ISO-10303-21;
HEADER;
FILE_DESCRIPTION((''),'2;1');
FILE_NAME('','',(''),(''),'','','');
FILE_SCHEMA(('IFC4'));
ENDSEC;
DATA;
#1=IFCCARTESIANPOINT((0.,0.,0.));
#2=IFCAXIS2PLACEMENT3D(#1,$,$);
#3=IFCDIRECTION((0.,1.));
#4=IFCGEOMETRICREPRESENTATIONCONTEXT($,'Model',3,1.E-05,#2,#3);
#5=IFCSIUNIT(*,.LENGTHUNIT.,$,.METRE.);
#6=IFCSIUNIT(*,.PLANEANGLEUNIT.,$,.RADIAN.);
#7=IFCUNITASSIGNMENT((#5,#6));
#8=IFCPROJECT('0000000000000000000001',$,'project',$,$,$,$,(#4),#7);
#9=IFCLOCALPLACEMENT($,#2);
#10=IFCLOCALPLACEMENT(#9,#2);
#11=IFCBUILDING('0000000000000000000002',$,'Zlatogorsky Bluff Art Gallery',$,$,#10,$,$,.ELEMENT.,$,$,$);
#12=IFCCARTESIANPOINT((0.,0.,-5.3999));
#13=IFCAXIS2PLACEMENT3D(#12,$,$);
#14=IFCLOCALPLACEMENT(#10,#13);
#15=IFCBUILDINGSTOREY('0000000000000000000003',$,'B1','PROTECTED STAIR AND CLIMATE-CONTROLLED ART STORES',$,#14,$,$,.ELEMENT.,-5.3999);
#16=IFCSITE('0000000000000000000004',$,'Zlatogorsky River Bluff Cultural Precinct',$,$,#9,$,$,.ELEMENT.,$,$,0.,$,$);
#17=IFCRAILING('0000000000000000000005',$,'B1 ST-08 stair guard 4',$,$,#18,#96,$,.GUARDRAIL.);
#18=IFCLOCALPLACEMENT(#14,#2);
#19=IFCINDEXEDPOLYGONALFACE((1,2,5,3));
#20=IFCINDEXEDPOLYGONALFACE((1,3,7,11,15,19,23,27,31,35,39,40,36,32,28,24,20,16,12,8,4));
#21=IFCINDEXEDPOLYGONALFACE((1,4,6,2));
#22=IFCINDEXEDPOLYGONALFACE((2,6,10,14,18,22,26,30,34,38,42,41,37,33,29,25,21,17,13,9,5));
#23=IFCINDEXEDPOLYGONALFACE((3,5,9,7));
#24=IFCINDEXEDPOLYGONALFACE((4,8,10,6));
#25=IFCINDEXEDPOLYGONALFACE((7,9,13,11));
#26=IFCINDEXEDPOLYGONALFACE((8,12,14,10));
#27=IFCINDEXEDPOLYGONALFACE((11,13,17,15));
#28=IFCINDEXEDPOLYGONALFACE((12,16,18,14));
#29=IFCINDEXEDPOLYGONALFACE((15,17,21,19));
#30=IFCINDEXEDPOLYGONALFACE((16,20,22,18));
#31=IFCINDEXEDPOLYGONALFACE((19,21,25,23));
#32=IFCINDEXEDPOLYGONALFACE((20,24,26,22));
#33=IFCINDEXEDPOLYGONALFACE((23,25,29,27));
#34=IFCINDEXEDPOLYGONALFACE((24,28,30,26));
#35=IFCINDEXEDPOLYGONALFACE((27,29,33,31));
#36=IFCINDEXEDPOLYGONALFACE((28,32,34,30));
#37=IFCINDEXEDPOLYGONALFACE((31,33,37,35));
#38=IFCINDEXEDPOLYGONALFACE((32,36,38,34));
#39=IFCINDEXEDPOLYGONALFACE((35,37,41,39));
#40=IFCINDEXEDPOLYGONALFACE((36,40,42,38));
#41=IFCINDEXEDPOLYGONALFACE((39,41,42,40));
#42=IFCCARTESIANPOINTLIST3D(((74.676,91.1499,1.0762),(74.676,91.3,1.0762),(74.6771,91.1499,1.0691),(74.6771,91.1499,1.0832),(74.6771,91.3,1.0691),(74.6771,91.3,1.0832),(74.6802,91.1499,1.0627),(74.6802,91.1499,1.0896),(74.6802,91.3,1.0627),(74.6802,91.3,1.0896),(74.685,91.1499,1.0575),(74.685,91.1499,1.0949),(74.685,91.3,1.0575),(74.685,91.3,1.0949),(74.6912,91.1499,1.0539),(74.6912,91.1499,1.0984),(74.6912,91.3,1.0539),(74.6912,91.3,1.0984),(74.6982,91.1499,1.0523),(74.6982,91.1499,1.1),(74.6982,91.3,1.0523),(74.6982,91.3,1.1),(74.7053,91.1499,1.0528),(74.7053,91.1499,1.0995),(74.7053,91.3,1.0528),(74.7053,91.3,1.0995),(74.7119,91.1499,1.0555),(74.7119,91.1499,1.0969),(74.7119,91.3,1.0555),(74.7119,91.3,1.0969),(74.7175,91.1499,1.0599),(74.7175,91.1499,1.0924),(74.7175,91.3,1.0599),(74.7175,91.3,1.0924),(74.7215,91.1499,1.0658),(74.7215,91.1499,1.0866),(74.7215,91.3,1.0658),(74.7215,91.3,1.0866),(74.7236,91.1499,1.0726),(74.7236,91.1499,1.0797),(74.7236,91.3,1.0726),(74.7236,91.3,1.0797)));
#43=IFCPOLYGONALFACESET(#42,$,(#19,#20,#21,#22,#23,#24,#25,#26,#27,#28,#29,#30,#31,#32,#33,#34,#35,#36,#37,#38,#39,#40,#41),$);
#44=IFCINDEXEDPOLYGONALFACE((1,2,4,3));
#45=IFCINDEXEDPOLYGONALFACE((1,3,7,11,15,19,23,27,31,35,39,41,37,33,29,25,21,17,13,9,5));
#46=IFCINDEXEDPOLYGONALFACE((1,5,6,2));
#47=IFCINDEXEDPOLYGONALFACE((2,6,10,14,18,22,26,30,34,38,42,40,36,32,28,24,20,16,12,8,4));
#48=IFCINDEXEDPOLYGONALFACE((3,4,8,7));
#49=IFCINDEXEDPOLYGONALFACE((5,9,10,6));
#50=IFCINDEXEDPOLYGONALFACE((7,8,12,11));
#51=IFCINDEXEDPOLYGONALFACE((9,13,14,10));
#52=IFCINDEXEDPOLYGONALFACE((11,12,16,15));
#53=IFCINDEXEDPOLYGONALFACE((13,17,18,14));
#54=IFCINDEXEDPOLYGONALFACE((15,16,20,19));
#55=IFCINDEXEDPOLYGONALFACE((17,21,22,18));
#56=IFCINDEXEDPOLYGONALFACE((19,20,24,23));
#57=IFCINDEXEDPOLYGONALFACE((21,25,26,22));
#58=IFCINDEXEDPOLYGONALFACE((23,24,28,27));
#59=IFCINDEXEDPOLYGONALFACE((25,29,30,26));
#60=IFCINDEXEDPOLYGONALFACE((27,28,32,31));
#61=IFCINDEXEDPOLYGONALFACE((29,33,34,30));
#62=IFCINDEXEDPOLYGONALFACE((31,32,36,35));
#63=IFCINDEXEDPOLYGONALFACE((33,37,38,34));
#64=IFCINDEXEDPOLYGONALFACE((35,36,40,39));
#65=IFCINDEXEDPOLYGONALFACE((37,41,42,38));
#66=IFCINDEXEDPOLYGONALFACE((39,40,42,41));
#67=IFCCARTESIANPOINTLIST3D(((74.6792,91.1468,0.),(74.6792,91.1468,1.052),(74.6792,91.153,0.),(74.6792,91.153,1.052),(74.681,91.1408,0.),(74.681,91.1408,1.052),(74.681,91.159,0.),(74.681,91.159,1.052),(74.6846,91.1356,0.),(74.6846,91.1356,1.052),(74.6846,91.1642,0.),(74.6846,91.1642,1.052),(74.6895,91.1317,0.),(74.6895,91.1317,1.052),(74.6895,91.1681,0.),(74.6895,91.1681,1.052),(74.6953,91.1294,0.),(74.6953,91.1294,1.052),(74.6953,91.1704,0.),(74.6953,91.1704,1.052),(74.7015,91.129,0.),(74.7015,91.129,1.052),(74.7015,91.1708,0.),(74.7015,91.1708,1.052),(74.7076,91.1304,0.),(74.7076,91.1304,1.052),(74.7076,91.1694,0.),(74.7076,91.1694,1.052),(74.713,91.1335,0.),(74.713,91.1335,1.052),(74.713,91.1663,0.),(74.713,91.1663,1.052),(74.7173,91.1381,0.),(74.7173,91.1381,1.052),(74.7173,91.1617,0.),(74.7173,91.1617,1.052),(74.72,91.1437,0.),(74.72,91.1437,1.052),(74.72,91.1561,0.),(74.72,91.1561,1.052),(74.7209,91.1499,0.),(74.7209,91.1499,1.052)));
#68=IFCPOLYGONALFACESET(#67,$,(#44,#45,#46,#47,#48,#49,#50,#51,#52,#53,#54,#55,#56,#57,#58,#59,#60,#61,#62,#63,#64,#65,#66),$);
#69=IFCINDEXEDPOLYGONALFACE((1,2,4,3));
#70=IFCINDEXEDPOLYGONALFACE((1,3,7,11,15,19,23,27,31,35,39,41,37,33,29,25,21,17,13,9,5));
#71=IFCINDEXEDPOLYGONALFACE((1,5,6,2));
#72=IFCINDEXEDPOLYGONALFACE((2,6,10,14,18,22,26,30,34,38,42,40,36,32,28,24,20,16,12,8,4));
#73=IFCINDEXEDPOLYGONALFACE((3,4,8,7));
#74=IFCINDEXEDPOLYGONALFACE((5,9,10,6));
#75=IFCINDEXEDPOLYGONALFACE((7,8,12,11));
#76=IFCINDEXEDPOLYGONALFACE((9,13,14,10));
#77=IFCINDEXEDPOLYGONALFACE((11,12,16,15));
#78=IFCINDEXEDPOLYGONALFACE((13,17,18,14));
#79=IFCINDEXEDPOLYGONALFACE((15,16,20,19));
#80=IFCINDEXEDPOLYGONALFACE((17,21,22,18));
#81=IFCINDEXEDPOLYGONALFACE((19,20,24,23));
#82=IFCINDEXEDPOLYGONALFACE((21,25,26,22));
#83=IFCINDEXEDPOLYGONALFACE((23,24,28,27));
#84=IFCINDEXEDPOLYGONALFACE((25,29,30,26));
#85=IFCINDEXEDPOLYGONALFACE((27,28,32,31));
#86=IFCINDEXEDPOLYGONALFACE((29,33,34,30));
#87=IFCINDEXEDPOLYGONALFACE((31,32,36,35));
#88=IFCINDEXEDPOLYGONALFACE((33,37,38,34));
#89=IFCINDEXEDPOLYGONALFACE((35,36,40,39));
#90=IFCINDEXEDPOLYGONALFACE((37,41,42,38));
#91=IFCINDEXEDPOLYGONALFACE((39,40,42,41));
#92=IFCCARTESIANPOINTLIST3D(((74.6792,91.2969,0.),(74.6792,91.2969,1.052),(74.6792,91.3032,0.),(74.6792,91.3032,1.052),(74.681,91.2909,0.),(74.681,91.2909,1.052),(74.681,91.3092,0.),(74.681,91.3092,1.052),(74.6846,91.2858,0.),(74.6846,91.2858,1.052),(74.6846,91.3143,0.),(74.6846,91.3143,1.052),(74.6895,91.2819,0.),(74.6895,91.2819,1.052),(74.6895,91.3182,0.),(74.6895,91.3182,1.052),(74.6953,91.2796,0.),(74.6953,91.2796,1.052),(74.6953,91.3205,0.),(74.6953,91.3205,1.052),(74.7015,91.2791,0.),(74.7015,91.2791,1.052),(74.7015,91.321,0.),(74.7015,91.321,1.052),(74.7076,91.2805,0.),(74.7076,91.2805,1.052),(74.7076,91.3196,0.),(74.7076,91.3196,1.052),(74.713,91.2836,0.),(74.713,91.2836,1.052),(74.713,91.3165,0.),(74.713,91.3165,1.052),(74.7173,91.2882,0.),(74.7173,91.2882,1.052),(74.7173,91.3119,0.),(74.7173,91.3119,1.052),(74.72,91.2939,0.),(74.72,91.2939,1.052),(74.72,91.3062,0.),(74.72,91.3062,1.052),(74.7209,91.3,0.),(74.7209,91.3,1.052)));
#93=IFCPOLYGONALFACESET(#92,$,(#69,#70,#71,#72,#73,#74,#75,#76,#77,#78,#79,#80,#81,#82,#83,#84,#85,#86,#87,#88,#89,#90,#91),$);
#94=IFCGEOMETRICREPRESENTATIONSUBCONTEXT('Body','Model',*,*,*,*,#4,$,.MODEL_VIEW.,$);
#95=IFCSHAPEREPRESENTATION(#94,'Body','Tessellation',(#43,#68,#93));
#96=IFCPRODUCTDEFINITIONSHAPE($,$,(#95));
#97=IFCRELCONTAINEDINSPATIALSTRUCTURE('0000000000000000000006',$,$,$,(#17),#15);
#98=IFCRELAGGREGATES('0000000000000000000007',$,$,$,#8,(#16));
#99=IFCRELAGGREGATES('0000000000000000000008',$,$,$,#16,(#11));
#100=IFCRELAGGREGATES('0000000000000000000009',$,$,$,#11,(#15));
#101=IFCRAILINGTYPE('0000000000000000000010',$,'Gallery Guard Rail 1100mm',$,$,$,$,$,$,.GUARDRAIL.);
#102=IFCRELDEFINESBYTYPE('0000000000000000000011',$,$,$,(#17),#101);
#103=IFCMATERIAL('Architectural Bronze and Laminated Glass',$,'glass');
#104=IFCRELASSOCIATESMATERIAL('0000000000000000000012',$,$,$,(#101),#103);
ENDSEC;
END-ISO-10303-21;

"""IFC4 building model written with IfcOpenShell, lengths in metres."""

from ifc_helpers import new_model, si_unit, direction, frame, origin, origin_2d, place, context, subcontext, project, spatial, circle, extrude, material, type_object, element, save


model = new_model("IFC4")

# Units and contexts
model_context = context("Model", 3, precision=1e-05, world=origin(), true_north=direction((0.0, 1.0)))
body_context = subcontext(model_context, "Body", "Model", "MODEL_VIEW")
ifc_project = project(units=[si_unit("LENGTHUNIT", "METRE"), si_unit("PLANEANGLEUNIT", "RADIAN")], contexts=[model_context])

# Site, building, storey
site_placement = place(None, origin())
site = spatial("IfcSite", under=ifc_project, at=site_placement, Name="Zlatogorsky River Bluff Cultural Precinct", CompositionType="ELEMENT", RefElevation=0.0)
building_placement = place(site_placement, origin())
building = spatial("IfcBuilding", under=site, at=building_placement, Name="Zlatogorsky Bluff Art Gallery", CompositionType="ELEMENT")
storey_placement = place(building_placement, frame((0.0, 0.0, -5.3999)))
storey = spatial("IfcBuildingStorey", under=building, at=storey_placement, Name="B1", Description="PROTECTED STAIR AND CLIMATE-CONTROLLED ART STORES", CompositionType="ELEMENT", Elevation=-5.3999)

# Railing
ifc_material_1 = material(Name="Architectural Bronze and Laminated Glass", Category="glass")
railing_type_1 = type_object("IfcRailingType", Name="Gallery Guard Rail 1100mm", PredefinedType="GUARDRAIL", material=ifc_material_1)
railing_1_placement = place(storey_placement, frame((74.7, 91.1499, 0.0)))
element("IfcRailing", 1, at=railing_1_placement, inside=storey, type_object=railing_type_1, Name="B1 ST-08 stair guard 4", PredefinedType="GUARDRAIL", context=body_context, shape_type="SweptSolid", body=[
    extrude(circle(Radius=0.0239, at=origin_2d()), frame((0.0, 0.0, 1.0762), z_axis=(0.0, 1.0, 0.0), x_axis=(-1.0, 0.0, 0.0)), (0.0, 0.0, 1.0), 0.1501),
    extrude(circle(Radius=0.021, at=origin_2d()), origin(), (0.0, 0.0, 1.0), 1.052),
    extrude(circle(Radius=0.021, at=origin_2d()), frame((0.0, 0.1501, 0.0)), (0.0, 0.0, 1.0), 1.052),
])

save(model, "model.ifc")
